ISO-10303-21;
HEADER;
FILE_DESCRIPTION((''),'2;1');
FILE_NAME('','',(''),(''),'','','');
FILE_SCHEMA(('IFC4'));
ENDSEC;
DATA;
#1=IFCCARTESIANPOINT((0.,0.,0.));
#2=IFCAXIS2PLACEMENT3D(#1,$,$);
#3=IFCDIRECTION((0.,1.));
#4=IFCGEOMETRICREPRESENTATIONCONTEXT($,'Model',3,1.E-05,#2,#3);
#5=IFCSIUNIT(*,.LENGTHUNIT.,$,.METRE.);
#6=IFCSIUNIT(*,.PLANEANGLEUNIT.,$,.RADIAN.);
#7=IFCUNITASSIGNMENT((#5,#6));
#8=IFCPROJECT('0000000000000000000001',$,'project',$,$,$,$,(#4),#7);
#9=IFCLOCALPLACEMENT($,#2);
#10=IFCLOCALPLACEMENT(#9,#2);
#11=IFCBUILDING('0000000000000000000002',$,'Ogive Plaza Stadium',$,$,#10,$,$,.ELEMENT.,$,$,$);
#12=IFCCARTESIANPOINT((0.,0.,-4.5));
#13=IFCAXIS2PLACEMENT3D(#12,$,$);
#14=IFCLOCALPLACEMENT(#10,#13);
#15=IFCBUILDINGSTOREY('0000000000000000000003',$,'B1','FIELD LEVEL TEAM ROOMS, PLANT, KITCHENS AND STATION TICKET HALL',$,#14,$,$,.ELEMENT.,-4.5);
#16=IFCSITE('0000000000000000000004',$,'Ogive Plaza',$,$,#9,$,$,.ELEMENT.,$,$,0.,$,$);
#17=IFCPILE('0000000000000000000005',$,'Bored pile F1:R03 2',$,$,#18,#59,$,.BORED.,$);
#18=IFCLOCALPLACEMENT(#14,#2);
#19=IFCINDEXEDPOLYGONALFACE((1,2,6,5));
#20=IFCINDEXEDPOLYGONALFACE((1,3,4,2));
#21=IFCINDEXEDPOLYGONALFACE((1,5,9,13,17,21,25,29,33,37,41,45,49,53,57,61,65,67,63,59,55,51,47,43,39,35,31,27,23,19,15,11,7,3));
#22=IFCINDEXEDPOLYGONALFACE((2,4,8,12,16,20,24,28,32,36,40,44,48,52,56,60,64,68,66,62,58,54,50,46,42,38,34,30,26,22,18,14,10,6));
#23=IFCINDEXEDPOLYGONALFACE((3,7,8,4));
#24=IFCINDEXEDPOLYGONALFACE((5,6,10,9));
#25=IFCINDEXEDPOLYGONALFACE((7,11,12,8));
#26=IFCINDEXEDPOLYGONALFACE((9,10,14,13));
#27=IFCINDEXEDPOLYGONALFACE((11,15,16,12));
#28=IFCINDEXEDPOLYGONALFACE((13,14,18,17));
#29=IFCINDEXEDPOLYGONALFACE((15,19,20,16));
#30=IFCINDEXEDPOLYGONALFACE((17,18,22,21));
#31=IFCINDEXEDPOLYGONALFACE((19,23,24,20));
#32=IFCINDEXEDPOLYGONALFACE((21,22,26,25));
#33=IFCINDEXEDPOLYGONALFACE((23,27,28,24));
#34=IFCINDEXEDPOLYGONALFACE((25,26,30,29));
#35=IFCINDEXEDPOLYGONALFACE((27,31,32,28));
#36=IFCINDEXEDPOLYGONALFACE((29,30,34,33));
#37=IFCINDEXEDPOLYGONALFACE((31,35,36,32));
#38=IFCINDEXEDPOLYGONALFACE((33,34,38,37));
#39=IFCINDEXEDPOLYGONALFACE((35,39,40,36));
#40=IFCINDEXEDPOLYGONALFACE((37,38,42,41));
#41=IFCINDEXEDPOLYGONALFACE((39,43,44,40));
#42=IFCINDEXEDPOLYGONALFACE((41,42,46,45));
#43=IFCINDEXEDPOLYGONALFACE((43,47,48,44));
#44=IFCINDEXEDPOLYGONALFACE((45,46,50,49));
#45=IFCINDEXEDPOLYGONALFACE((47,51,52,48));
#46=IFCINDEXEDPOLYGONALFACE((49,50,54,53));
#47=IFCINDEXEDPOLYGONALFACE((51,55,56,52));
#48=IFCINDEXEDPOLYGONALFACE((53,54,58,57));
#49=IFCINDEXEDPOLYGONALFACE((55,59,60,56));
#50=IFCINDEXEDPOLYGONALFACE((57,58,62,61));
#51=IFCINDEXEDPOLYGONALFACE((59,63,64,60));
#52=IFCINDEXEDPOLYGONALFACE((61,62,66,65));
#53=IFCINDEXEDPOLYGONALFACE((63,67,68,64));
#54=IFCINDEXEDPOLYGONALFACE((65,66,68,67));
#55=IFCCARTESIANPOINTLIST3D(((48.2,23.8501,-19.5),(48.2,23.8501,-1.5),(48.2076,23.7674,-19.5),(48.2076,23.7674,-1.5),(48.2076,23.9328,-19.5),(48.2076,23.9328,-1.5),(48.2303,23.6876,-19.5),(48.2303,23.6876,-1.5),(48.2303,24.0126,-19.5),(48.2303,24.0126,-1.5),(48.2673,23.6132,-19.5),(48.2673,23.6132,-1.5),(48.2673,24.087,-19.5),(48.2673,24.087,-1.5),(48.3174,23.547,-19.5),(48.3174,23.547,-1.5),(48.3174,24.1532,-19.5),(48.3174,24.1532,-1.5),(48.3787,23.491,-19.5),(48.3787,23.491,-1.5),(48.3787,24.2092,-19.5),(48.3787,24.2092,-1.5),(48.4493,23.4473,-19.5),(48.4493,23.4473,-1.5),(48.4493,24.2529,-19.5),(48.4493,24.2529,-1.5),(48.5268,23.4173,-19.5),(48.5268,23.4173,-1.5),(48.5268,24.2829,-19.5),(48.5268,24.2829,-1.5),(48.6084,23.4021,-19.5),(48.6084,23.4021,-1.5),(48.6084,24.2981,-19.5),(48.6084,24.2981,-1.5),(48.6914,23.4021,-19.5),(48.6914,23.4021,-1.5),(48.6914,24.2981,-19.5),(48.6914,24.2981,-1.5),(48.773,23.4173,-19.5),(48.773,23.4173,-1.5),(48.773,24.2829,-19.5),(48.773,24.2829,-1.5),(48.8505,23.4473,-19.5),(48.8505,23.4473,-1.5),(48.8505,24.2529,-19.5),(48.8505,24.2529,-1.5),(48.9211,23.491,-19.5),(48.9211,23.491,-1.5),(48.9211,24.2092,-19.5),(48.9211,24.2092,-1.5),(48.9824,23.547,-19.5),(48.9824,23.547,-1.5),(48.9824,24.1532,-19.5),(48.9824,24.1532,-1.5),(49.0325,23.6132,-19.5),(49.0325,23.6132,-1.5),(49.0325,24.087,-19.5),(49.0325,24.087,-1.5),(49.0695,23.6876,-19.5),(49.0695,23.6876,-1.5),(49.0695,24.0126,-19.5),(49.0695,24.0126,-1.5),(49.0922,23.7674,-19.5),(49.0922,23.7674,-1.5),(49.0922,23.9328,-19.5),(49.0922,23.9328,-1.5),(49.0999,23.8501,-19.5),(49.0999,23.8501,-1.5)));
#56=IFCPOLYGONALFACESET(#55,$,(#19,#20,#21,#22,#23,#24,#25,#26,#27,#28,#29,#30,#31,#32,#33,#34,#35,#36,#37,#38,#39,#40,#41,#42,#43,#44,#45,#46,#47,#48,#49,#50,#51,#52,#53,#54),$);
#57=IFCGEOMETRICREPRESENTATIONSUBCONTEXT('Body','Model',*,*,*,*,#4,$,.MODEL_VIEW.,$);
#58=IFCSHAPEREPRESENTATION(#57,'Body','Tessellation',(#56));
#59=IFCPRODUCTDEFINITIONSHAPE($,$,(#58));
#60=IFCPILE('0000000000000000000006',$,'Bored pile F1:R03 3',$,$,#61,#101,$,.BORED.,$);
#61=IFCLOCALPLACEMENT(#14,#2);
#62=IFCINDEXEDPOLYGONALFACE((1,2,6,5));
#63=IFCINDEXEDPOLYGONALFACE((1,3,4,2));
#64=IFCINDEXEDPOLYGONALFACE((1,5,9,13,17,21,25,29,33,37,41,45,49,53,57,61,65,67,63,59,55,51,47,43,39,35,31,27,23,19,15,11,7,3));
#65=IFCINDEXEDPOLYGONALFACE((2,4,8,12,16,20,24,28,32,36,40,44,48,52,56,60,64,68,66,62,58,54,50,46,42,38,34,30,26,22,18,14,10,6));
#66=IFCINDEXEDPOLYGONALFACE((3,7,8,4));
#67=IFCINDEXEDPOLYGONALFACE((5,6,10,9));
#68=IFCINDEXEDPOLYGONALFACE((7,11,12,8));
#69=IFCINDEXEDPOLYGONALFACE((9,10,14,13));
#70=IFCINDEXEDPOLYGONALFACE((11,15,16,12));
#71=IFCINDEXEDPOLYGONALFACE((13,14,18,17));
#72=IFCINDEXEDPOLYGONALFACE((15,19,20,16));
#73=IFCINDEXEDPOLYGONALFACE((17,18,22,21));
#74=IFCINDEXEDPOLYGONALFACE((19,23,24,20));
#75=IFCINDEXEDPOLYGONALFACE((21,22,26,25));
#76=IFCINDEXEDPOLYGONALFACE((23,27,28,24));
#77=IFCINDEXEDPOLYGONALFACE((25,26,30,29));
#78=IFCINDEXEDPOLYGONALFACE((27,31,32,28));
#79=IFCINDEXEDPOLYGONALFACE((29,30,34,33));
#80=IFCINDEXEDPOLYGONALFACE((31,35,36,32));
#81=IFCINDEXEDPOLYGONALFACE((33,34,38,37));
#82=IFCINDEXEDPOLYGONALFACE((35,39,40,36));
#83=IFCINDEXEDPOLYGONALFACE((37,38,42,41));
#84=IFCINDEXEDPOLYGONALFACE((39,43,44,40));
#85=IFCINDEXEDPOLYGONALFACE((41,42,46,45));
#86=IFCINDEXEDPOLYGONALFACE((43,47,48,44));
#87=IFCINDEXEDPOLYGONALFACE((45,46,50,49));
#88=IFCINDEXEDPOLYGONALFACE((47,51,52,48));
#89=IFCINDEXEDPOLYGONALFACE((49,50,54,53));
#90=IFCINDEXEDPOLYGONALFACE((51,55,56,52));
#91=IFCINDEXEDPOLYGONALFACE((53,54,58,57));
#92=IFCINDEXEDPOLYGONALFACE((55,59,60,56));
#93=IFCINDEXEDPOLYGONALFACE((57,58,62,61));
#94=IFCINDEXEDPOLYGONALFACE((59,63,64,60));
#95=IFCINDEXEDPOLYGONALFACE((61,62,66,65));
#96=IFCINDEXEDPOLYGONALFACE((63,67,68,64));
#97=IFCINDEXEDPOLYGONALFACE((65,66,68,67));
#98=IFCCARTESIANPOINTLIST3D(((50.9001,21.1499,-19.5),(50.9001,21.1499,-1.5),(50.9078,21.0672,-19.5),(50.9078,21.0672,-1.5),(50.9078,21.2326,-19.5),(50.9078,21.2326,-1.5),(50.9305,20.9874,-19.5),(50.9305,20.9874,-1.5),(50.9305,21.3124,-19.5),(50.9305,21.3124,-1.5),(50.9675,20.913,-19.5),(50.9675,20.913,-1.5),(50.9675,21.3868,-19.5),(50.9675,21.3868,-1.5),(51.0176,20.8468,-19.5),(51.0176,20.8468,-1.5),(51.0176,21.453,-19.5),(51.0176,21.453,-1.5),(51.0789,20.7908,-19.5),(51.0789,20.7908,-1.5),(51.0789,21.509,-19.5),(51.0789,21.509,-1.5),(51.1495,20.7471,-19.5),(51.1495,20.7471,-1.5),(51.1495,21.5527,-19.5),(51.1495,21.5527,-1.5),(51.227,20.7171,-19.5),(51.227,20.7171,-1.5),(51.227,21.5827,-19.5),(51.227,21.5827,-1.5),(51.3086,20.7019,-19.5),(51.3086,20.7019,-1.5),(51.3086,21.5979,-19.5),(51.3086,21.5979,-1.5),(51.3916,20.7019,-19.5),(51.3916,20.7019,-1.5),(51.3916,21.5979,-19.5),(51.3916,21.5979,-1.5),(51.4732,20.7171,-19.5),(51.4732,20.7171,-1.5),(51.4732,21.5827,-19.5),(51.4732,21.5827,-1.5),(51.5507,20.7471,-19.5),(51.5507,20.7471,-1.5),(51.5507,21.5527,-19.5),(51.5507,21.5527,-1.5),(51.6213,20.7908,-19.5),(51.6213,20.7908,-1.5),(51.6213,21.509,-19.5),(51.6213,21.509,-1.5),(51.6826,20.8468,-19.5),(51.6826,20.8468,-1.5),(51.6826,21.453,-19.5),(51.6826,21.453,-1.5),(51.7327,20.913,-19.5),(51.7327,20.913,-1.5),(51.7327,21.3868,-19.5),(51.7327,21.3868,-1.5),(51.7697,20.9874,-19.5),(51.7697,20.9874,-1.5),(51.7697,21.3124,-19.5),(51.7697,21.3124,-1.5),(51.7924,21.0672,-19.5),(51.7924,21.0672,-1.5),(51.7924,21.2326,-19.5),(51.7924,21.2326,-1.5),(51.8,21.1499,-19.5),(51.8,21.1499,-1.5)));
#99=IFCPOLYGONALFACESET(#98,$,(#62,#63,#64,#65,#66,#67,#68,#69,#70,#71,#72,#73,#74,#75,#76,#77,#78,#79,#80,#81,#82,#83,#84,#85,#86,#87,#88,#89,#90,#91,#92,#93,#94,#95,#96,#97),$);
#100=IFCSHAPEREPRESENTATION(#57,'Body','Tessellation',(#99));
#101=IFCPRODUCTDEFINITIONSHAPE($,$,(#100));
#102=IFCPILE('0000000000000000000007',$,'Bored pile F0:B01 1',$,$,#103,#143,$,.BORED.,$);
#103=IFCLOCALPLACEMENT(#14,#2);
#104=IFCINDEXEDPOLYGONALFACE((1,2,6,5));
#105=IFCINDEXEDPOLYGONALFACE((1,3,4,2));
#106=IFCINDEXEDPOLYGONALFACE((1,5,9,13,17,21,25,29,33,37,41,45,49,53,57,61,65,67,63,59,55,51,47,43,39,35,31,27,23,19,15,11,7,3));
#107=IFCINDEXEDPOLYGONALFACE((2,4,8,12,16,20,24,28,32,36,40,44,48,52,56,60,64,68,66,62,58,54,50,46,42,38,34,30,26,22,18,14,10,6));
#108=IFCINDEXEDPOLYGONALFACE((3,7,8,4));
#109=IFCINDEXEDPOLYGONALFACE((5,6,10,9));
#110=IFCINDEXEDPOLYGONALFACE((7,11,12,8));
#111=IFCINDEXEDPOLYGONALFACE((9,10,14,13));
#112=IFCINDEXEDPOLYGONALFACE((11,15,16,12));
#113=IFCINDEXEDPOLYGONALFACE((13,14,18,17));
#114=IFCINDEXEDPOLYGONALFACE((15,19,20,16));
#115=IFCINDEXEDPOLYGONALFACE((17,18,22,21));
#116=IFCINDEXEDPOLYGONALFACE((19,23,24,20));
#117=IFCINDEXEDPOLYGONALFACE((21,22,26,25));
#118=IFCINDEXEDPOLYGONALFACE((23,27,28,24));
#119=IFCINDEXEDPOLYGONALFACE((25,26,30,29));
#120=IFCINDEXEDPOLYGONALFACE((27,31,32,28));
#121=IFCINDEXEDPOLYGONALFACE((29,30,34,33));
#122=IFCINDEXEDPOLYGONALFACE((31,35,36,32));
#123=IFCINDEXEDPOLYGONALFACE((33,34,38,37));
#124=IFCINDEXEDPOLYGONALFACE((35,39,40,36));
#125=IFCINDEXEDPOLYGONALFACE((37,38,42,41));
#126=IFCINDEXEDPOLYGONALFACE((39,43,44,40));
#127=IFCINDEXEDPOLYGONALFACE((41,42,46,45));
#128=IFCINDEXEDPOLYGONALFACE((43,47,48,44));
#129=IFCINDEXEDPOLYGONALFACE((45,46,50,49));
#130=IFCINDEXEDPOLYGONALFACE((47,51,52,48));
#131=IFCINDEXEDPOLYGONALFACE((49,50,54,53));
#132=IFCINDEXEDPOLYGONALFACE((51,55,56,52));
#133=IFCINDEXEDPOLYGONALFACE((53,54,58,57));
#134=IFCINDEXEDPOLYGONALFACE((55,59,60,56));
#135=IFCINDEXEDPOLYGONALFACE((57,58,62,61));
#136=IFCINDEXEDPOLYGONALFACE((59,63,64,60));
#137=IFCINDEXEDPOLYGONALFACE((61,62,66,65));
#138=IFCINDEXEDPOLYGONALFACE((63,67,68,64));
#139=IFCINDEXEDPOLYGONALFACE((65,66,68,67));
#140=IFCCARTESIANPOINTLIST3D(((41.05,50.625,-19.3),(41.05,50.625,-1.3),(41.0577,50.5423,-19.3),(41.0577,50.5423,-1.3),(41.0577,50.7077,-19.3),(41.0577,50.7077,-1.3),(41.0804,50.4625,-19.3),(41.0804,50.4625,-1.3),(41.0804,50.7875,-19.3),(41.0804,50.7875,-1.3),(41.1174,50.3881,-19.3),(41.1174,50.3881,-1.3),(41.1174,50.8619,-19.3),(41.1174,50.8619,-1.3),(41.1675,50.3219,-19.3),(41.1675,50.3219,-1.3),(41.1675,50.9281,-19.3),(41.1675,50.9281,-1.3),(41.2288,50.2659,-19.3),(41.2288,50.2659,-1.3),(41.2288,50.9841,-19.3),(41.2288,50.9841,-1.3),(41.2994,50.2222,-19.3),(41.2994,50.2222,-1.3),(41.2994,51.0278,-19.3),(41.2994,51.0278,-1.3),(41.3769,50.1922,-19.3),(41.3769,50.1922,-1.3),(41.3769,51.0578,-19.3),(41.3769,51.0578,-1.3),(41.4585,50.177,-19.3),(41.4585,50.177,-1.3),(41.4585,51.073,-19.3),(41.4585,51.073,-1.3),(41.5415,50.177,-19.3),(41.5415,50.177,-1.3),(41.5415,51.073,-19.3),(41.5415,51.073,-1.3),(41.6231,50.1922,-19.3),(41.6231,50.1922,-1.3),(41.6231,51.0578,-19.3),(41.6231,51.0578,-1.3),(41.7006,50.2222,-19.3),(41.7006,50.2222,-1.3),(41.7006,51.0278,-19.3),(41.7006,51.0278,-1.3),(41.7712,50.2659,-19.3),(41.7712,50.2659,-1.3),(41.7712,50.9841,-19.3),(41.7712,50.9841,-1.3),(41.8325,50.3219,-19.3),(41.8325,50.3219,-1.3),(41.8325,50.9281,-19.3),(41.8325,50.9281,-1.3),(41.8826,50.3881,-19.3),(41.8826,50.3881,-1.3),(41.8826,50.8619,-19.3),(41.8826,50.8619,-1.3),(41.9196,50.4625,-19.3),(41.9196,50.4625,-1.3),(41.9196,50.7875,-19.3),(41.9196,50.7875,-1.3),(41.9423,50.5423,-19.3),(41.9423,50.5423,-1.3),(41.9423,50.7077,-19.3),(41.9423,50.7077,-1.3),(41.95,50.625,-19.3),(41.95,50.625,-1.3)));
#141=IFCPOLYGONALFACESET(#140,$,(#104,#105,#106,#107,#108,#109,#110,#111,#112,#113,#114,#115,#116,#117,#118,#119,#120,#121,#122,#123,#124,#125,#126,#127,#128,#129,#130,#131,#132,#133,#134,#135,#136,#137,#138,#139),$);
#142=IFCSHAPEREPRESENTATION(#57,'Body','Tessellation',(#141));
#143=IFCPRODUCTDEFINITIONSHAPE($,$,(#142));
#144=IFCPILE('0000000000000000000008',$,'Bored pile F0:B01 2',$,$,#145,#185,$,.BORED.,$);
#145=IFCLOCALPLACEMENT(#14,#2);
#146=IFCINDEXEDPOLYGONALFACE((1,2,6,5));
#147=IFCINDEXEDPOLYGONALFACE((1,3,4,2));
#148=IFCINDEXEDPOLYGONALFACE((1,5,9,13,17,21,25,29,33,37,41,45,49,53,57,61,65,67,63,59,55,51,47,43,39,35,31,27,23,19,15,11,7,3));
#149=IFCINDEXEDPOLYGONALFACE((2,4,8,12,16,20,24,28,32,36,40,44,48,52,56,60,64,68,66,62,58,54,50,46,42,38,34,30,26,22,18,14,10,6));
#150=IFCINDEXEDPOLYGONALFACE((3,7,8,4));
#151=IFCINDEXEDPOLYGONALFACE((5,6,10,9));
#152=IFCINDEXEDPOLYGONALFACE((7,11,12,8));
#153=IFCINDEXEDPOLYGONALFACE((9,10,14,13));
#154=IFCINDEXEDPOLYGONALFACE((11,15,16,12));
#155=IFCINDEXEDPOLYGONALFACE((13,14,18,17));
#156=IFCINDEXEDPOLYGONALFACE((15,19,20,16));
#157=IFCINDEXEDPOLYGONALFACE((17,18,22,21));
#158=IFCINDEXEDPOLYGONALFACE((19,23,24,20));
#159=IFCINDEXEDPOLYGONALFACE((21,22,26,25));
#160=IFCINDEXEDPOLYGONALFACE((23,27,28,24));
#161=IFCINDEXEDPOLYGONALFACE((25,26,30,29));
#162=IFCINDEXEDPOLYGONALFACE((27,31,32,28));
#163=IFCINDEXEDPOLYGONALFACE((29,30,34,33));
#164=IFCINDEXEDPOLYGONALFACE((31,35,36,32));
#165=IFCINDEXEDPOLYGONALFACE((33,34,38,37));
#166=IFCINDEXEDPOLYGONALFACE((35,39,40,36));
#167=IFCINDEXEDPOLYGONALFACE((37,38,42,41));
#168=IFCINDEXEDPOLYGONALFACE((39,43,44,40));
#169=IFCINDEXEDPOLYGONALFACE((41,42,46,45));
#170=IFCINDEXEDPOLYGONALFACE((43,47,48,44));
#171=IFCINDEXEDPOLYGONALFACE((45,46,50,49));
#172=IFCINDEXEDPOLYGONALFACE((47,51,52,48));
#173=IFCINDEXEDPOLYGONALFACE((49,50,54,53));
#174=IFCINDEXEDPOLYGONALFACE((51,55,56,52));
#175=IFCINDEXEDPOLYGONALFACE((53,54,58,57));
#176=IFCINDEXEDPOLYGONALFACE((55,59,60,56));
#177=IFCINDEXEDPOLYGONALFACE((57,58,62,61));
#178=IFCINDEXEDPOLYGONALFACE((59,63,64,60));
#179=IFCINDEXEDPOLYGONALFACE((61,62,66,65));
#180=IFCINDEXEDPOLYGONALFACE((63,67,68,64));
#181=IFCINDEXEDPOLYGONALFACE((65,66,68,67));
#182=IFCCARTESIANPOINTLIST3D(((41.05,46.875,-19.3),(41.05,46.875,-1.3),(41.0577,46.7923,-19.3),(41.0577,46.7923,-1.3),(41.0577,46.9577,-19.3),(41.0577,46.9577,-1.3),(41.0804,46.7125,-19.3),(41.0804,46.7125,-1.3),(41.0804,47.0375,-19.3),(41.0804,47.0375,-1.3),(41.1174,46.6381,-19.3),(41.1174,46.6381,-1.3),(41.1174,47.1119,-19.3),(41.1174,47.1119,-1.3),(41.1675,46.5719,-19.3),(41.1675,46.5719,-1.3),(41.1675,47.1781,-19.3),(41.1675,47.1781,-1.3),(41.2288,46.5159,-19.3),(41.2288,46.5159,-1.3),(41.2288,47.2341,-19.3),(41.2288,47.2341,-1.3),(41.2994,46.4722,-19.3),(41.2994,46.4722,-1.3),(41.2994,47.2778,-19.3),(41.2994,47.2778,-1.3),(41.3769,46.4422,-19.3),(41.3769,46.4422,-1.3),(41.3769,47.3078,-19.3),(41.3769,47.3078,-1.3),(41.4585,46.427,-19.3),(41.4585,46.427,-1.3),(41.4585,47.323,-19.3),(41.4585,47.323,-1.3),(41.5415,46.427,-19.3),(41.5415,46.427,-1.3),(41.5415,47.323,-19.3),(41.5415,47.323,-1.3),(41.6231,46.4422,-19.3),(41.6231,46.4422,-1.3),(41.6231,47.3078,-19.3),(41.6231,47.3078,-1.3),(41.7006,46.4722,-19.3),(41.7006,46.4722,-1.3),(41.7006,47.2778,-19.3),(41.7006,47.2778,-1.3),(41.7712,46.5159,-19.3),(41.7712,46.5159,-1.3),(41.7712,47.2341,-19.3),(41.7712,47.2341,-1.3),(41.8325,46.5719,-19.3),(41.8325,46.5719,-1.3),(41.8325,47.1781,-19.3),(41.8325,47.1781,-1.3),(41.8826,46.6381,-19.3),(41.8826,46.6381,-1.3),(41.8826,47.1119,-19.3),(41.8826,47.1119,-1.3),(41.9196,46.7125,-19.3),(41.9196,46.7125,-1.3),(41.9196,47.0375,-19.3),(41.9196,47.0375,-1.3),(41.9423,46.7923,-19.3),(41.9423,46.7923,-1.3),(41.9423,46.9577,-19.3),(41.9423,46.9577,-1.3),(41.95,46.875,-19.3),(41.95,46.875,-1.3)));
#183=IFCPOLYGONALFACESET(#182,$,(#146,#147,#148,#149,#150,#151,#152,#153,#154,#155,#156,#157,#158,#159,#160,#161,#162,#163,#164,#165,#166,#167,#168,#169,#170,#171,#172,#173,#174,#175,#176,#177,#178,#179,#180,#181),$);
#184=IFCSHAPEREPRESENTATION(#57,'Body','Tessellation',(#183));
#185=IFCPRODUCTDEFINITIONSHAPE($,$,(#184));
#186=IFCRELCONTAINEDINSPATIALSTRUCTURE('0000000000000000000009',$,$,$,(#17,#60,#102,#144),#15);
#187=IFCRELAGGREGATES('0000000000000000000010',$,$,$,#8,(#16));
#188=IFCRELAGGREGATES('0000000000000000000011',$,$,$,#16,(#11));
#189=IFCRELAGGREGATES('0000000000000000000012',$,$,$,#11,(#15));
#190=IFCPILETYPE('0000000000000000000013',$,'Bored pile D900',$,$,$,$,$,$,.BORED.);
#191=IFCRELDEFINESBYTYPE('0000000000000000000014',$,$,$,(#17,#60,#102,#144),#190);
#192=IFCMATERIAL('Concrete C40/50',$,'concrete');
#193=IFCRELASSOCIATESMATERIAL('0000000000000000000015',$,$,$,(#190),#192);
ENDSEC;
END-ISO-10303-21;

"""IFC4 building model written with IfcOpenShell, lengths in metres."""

from ifc_helpers import new_model, si_unit, direction, frame, origin, origin_2d, place, context, subcontext, project, spatial, circle, extrude, material, material_profile, profile_set, type_object, element, save


model = new_model("IFC4")

# Units and contexts
model_context = context("Model", 3, precision=1e-05, world=origin(), true_north=direction((0.0, 1.0)))
body_context = subcontext(model_context, "Body", "Model", "MODEL_VIEW")
ifc_project = project(units=[si_unit("LENGTHUNIT", "METRE"), si_unit("PLANEANGLEUNIT", "RADIAN")], contexts=[model_context])

# Site, building, storey
site_placement = place(None, origin())
site = spatial("IfcSite", under=ifc_project, at=site_placement, Name="Ogive Plaza", CompositionType="ELEMENT", RefElevation=0.0)
building_placement = place(site_placement, origin())
building = spatial("IfcBuilding", under=site, at=building_placement, Name="Ogive Plaza Stadium", CompositionType="ELEMENT")
storey_placement = place(building_placement, frame((0.0, 0.0, -4.5)))
storey = spatial("IfcBuildingStorey", under=building, at=storey_placement, Name="B1", Description="FIELD LEVEL TEAM ROOMS, PLANT, KITCHENS AND STATION TICKET HALL", CompositionType="ELEMENT", Elevation=-4.5)

# Piles
ifc_material_1 = material(Name="Concrete C40/50", Category="concrete")
ifc_material_profile_1 = material_profile(ifc_material_1, circle(Radius=0.45, at=origin_2d()), Name="RC D900")
ifc_profile_set_1 = profile_set([ifc_material_profile_1], Name="Concrete C40/50")
pile_type = type_object("IfcPileType", Name="Bored pile D900", PredefinedType="BORED", material=ifc_profile_set_1)
for number, where, z_axis, x_axis, name in (
    (1, (48.6499, 23.8501, -1.5), (0.0, 0.0, -1.0), (1.0, 0.0, 0.0), "Bored pile F1:R03 2"),
    (2, (51.3501, 21.1499, -1.5), (0.0, 0.0, -1.0), (1.0, 0.0, 0.0), "Bored pile F1:R03 3"),
    (3, (41.5, 50.625, -1.3), (0.0, 0.0, -1.0), (1.0, 0.0, 0.0), "Bored pile F0:B01 1"),
    (4, (41.5, 46.875, -1.3), (0.0, 0.0, -1.0), (1.0, 0.0, 0.0), "Bored pile F0:B01 2"),
):
    element("IfcPile", number, at=place(storey_placement, frame(where, z_axis=z_axis, x_axis=x_axis)), inside=storey, type_object=pile_type, Name=name, PredefinedType="BORED", context=body_context, shape_type="SweptSolid", body=[
        extrude(circle(Radius=0.45, at=origin_2d()), origin(), (0.0, 0.0, 1.0), 18.0),
    ])

save(model, "model.ifc")
